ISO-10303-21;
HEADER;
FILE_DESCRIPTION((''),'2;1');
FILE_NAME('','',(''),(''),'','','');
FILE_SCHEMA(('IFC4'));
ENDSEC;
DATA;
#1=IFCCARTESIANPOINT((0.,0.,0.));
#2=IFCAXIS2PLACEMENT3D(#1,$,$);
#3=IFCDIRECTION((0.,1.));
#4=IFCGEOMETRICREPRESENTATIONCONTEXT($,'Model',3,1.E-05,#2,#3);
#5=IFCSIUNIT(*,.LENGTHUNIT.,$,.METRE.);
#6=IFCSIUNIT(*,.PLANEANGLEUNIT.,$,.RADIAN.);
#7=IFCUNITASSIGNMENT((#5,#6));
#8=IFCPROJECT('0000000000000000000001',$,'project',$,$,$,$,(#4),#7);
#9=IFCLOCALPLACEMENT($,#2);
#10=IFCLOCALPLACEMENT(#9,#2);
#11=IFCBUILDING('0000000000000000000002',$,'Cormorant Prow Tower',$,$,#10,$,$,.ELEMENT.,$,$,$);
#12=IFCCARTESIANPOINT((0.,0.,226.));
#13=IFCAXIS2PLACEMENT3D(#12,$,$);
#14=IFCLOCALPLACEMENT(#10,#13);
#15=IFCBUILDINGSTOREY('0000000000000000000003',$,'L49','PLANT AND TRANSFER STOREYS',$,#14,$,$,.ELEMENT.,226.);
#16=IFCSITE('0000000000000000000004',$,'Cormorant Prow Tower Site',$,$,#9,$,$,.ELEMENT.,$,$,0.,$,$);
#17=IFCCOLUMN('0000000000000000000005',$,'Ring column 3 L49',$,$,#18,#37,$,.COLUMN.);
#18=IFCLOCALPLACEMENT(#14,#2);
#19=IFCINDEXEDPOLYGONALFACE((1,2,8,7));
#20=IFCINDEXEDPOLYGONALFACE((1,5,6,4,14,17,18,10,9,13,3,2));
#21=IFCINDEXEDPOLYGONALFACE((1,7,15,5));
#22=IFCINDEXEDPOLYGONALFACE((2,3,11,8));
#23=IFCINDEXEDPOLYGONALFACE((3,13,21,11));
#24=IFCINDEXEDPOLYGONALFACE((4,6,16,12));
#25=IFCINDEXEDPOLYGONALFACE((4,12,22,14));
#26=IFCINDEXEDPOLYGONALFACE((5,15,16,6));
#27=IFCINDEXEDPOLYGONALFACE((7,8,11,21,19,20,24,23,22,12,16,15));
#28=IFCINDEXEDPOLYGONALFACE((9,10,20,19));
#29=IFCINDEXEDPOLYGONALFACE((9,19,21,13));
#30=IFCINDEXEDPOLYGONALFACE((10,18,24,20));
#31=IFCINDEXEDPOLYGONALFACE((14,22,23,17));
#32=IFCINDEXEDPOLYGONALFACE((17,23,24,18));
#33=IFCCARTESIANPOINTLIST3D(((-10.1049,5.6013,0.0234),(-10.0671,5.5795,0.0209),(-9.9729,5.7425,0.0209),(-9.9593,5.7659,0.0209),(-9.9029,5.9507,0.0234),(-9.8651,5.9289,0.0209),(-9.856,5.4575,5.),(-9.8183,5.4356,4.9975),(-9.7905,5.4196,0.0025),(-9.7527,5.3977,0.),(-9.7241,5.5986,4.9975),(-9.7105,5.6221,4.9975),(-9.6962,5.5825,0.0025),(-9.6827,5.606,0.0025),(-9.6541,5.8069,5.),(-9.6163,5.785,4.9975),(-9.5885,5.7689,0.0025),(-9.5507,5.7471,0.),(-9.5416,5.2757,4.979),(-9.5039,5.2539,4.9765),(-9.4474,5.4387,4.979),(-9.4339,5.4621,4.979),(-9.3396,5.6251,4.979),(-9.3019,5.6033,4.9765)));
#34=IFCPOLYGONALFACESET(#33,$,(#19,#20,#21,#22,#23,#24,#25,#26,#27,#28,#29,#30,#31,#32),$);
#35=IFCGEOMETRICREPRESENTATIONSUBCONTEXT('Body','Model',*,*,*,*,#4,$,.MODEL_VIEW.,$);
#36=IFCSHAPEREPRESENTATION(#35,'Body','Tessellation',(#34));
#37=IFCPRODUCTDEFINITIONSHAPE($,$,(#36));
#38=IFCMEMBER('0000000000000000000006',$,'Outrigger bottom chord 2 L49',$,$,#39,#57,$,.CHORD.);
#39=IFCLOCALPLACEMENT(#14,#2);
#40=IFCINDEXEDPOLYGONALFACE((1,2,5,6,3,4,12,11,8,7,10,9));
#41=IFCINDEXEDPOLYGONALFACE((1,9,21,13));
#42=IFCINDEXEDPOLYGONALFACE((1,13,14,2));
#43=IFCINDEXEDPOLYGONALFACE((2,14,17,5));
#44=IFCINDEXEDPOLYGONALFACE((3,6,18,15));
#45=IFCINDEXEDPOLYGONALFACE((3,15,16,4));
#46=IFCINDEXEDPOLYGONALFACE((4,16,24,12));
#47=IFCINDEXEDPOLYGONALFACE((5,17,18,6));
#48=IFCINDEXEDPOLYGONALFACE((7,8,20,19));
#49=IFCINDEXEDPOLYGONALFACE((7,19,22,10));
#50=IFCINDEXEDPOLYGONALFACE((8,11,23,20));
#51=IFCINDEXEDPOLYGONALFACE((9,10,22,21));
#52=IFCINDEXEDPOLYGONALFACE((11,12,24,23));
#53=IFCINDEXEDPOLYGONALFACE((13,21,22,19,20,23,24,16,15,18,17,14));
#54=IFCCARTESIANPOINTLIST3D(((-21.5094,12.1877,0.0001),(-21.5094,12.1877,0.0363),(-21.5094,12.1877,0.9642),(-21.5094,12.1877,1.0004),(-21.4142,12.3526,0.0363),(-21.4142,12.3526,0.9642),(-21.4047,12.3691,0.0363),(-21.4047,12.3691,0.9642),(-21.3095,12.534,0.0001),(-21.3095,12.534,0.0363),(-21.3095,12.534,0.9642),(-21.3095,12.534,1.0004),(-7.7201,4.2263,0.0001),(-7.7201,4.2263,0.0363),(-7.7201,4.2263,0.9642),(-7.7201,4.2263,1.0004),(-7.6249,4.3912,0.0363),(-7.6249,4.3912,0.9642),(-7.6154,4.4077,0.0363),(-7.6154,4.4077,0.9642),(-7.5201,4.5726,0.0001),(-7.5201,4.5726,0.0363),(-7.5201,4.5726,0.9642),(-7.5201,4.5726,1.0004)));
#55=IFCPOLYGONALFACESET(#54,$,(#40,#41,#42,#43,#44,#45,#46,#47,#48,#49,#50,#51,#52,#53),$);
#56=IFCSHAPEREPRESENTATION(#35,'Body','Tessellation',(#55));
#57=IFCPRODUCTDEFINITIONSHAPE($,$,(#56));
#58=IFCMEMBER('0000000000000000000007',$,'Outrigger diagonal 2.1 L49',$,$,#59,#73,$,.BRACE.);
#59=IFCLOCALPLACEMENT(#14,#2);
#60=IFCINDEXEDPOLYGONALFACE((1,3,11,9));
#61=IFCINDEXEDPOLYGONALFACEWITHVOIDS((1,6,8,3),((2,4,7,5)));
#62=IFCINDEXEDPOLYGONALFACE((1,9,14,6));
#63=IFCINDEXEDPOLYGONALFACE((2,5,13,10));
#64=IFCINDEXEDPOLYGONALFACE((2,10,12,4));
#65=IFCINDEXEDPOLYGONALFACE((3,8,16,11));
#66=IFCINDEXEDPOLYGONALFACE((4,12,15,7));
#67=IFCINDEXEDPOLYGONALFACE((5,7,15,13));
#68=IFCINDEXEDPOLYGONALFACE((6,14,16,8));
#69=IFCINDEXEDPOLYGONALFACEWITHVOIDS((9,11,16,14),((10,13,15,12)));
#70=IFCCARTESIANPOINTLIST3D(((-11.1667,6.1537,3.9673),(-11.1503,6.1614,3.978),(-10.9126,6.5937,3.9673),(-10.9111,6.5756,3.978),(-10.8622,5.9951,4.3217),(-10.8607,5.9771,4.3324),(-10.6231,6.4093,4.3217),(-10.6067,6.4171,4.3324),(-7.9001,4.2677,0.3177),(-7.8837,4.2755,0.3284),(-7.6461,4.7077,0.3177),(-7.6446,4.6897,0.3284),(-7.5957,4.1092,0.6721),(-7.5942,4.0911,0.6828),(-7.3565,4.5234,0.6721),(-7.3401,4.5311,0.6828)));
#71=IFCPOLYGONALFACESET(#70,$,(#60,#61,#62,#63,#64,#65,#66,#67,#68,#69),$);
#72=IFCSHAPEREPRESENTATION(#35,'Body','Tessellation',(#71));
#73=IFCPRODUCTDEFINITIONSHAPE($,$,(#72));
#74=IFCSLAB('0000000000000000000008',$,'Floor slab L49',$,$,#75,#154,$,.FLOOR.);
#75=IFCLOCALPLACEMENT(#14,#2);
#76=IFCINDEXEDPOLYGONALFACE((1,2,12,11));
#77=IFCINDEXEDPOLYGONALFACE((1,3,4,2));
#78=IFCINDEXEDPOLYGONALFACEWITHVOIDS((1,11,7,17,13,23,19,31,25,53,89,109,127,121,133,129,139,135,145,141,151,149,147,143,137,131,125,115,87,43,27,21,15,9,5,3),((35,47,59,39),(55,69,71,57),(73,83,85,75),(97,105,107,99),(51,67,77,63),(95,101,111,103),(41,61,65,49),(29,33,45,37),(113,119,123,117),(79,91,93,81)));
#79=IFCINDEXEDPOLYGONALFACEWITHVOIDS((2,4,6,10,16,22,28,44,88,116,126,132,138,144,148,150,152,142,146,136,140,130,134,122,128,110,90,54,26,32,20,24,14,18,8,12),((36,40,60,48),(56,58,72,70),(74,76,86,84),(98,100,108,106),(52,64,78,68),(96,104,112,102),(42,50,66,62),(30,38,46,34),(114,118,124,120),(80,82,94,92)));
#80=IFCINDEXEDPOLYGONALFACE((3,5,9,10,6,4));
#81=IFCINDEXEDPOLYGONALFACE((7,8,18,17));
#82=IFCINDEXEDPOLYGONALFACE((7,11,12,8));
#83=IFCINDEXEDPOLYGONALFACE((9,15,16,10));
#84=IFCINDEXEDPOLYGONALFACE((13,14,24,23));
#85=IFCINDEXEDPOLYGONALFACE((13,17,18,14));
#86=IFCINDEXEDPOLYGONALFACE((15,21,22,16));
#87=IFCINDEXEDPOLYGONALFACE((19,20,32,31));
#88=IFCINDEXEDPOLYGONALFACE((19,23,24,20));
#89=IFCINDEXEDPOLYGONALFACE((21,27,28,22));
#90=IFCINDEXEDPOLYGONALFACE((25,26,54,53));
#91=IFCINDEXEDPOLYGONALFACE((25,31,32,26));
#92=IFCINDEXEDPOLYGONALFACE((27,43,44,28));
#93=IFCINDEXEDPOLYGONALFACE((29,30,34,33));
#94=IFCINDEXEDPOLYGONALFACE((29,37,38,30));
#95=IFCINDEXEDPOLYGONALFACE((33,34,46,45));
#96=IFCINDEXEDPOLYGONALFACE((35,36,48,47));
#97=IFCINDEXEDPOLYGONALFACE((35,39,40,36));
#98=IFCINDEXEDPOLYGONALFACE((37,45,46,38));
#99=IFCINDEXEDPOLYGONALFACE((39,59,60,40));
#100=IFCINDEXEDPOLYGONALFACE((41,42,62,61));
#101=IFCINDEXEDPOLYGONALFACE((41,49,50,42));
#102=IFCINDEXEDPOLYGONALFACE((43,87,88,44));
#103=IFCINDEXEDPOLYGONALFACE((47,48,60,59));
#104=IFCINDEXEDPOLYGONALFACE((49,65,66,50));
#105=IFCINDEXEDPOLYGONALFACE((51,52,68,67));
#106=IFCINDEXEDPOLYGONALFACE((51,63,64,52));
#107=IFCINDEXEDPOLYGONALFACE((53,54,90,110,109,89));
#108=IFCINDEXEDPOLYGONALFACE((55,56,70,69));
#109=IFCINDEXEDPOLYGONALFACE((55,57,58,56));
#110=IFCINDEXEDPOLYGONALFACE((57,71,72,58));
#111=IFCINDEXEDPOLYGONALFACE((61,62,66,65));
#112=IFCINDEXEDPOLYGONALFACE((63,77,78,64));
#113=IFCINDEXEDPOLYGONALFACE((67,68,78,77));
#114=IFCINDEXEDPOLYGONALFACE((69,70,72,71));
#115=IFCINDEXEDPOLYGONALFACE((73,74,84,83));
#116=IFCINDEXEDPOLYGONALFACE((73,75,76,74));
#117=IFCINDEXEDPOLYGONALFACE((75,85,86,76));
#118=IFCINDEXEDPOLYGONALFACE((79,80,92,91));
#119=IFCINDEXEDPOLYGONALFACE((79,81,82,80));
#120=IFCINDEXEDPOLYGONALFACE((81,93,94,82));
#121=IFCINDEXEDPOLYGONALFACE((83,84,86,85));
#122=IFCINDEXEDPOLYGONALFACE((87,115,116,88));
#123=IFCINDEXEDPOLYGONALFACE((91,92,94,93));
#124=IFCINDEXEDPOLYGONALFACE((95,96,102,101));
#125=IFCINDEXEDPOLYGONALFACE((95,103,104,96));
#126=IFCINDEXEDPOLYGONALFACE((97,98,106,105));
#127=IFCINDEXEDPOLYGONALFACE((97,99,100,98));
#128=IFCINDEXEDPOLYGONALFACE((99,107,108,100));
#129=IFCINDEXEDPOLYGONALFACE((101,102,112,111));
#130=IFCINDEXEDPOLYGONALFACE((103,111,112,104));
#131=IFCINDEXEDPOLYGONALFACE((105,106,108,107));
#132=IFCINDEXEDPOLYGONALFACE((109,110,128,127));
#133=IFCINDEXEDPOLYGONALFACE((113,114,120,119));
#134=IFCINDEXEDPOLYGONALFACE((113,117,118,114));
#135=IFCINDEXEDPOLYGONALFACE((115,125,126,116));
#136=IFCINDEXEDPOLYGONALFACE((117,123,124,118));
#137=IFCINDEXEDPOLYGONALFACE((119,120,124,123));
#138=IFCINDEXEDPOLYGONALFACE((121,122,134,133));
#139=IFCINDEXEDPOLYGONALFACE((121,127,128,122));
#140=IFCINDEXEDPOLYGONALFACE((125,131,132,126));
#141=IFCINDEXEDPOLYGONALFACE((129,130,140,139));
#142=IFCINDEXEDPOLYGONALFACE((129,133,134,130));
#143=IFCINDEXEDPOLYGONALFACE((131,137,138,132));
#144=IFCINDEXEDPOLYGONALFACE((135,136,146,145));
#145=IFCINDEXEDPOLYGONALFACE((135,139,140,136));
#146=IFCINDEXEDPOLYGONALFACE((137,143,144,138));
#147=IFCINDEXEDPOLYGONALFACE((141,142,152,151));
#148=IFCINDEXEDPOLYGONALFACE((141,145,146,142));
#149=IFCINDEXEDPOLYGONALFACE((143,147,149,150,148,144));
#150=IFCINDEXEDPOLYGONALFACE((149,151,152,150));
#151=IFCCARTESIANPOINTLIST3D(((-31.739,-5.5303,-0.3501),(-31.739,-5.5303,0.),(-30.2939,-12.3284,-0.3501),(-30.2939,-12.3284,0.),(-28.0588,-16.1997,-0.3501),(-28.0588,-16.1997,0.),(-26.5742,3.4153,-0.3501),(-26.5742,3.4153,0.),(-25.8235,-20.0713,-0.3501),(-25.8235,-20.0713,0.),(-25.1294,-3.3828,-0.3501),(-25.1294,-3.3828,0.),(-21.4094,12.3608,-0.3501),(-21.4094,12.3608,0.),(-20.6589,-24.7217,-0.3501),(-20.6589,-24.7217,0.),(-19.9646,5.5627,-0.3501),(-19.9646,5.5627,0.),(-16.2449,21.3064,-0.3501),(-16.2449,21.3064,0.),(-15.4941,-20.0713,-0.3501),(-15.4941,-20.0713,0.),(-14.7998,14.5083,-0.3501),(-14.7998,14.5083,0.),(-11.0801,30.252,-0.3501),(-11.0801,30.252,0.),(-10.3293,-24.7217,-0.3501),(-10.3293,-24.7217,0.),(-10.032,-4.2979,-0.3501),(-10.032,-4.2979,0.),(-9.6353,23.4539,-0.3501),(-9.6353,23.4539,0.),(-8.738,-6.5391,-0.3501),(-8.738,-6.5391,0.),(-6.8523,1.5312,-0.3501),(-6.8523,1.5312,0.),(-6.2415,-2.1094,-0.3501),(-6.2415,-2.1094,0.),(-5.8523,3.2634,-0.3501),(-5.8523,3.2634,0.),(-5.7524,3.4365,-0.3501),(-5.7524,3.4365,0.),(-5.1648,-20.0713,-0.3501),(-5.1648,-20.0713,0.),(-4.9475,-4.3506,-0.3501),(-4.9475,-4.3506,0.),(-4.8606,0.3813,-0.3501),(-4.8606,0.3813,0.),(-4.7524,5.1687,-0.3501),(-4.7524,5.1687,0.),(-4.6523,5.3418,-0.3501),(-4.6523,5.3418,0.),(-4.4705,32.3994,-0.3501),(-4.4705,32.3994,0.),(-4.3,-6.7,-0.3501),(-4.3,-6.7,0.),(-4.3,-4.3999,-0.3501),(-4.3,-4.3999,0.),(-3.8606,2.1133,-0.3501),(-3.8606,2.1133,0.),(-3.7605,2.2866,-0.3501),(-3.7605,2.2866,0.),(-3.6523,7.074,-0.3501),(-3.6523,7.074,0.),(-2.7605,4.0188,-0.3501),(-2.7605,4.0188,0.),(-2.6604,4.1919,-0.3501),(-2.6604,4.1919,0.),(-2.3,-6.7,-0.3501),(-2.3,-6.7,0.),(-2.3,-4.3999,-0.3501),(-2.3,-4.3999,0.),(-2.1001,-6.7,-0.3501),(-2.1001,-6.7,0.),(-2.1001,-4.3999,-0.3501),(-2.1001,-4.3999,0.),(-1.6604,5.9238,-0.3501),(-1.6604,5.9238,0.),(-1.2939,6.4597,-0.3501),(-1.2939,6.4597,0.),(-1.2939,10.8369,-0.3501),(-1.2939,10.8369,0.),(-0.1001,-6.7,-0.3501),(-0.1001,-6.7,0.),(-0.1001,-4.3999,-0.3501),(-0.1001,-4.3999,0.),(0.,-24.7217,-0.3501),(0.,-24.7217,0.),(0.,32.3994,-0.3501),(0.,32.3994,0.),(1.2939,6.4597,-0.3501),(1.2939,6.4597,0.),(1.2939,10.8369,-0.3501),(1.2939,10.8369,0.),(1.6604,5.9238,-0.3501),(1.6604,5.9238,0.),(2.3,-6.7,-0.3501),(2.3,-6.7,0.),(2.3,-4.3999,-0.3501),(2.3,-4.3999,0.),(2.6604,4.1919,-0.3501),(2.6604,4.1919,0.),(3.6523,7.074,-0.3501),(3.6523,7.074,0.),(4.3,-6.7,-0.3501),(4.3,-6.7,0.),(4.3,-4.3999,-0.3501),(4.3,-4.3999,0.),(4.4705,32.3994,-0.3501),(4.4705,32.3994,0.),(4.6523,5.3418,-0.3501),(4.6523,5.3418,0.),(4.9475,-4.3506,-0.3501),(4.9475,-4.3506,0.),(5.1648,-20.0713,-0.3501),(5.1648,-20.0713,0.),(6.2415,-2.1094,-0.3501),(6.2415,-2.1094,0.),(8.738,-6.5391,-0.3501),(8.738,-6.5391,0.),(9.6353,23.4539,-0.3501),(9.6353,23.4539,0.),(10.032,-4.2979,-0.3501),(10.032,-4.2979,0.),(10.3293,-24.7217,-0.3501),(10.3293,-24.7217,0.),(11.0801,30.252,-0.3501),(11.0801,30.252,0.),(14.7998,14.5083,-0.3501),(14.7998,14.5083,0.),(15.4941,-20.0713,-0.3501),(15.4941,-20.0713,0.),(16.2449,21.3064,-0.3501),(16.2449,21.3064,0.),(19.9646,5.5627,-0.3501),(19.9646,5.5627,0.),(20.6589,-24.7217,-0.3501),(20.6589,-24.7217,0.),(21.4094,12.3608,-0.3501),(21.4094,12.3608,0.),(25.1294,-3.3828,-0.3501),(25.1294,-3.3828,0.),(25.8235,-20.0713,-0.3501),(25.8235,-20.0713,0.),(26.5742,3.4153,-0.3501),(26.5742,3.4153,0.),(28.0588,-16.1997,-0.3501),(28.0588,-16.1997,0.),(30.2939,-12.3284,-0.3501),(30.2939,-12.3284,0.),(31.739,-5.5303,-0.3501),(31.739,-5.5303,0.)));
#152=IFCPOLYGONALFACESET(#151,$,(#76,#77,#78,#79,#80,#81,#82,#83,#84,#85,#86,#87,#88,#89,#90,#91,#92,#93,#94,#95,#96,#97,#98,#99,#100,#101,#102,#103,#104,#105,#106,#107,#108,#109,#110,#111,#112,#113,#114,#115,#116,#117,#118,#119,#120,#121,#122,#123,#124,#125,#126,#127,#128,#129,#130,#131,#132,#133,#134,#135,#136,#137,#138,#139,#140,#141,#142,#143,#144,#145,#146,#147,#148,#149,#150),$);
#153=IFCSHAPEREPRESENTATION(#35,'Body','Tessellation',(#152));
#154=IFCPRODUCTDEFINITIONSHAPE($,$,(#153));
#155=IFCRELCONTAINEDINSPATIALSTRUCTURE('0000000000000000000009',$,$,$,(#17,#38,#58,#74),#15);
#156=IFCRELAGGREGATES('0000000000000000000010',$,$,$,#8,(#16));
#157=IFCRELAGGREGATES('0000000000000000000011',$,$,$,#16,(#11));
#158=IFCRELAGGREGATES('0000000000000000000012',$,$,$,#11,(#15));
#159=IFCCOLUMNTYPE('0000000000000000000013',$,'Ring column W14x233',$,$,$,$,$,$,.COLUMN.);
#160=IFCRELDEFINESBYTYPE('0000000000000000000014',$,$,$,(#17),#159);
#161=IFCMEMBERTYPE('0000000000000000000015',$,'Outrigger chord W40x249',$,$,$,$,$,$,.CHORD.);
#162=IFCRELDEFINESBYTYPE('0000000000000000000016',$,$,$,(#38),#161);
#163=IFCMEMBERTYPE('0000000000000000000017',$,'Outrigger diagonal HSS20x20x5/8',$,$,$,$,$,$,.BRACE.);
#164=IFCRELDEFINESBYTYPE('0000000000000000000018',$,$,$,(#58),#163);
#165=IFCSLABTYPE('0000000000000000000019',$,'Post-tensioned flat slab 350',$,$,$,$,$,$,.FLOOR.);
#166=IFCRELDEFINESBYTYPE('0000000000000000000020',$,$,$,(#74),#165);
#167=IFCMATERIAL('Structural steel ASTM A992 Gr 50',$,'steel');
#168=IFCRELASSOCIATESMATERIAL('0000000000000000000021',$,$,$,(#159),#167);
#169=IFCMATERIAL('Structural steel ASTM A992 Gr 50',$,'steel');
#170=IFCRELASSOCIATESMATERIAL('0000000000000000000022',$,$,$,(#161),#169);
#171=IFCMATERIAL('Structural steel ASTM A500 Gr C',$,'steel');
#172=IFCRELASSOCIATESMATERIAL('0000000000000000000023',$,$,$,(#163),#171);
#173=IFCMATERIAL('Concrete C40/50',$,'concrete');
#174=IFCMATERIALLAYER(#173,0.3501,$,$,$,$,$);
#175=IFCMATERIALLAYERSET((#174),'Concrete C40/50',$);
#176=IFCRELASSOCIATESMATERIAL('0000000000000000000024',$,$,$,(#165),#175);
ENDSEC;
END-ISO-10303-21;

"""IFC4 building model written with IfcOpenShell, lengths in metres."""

from ifc_helpers import new_model, si_unit, direction, frame, origin, origin_2d, place, context, subcontext, project, spatial, polyline, hollow_rectangle, i_section, outline, extrude, material, layer, layer_set, material_profile, profile_set, type_object, element, save


model = new_model("IFC4")

# Units and contexts
model_context = context("Model", 3, precision=1e-05, world=origin(), true_north=direction((0.0, 1.0)))
body_context = subcontext(model_context, "Body", "Model", "MODEL_VIEW")
ifc_project = project(units=[si_unit("LENGTHUNIT", "METRE"), si_unit("PLANEANGLEUNIT", "RADIAN")], contexts=[model_context])

# Site, building, storey
site_placement = place(None, origin())
site = spatial("IfcSite", under=ifc_project, at=site_placement, Name="Cormorant Prow Tower Site", CompositionType="ELEMENT", RefElevation=0.0)
building_placement = place(site_placement, origin())
building = spatial("IfcBuilding", under=site, at=building_placement, Name="Cormorant Prow Tower", CompositionType="ELEMENT")
storey_placement = place(building_placement, frame((0.0, 0.0, 226.0)))
storey = spatial("IfcBuildingStorey", under=building, at=storey_placement, Name="L49", Description="PLANT AND TRANSFER STOREYS", CompositionType="ELEMENT", Elevation=226.0)

# Column
ifc_material_1 = material(Name="Structural steel ASTM A992 Gr 50", Category="steel")
ifc_material_profile_1 = material_profile(ifc_material_1, i_section(OverallWidth=0.4036, OverallDepth=0.4075, WebThickness=0.0271, FlangeThickness=0.0437, at=origin_2d()), Name="W14x233")
ifc_profile_set_1 = profile_set([ifc_material_profile_1], Name="Structural steel ASTM A992 Gr 50")
column_type = type_object("IfcColumnType", Name="Ring column W14x233", PredefinedType="COLUMN", material=ifc_profile_set_1)
column_placement = place(storey_placement, frame((-9.8284, 5.6746, 0.0), z_axis=(0.049917, -0.028858, 0.998336), x_axis=(0.500503, 0.865735, 0.0)))
element("IfcColumn", 1, at=column_placement, inside=storey, type_object=column_type, Name="Ring column 3 L49", PredefinedType="COLUMN", context=body_context, shape_type="SweptSolid", body=[
    extrude(i_section(OverallWidth=0.4036, OverallDepth=0.4075, WebThickness=0.0271, FlangeThickness=0.0437, at=origin_2d()), frame((0.0, 0.0, 0.0117)), (0.0, 0.0, 1.0), 4.9849),
])

# Members
ifc_material_2 = material(Name="Structural steel ASTM A992 Gr 50", Category="steel")
ifc_material_profile_2 = material_profile(ifc_material_2, i_section(OverallWidth=0.3999, OverallDepth=1.0002, WebThickness=0.019, FlangeThickness=0.0361, at=origin_2d()), Name="W40x249")
ifc_profile_set_2 = profile_set([ifc_material_profile_2], Name="Structural steel ASTM A992 Gr 50")
member_type_1 = type_object("IfcMemberType", Name="Outrigger chord W40x249", PredefinedType="CHORD", material=ifc_profile_set_2)
member_1_placement = place(storey_placement, frame((-7.6201, 4.3994, 0.5002), z_axis=(-0.866021, 0.500008, 0.0), x_axis=(-0.500008, -0.866021, 0.0)))
element("IfcMember", 2, at=member_1_placement, inside=storey, type_object=member_type_1, Name="Outrigger bottom chord 2 L49", PredefinedType="CHORD", context=body_context, shape_type="SweptSolid", body=[
    extrude(i_section(OverallWidth=0.3999, OverallDepth=1.0002, WebThickness=0.019, FlangeThickness=0.0361, at=origin_2d()), origin(), (0.0, 0.0, 1.0), 15.9226),
])
ifc_material_3 = material(Name="Structural steel ASTM A500 Gr C", Category="steel")
ifc_material_profile_3 = material_profile(ifc_material_3, hollow_rectangle(XDim=0.5081, YDim=0.5081, WallThickness=0.0149, at=origin_2d()), Name="HSS20x20x5/8")
ifc_profile_set_3 = profile_set([ifc_material_profile_3], Name="Structural steel ASTM A500 Gr C")
member_type_2 = type_object("IfcMemberType", Name="Outrigger diagonal HSS20x20x5/8", PredefinedType="BRACE", material=ifc_profile_set_3)
member_2_placement = place(storey_placement, frame((-7.6201, 4.3994, 0.5002), z_axis=(-0.622378, 0.359332, 0.695361), x_axis=(-0.500003, -0.866024, 0.0)))
element("IfcMember", 3, at=member_2_placement, inside=storey, type_object=member_type_2, Name="Outrigger diagonal 2.1 L49", PredefinedType="BRACE", context=body_context, shape_type="SweptSolid", body=[
    extrude(hollow_rectangle(XDim=0.5081, YDim=0.5081, WallThickness=0.0149, at=origin_2d()), origin(), (0.0, 0.0, 1.0), 5.2485),
])

# Slab
ifc_material_4 = material(Name="Concrete C40/50", Category="concrete")
ifc_layer_1 = layer(ifc_material_4, 0.3501)
ifc_layer_set_1 = layer_set([ifc_layer_1], Name="Concrete C40/50")
slab_type = type_object("IfcSlabType", Name="Post-tensioned flat slab 350", PredefinedType="FLOOR", material=ifc_layer_set_1)
slab_placement = place(storey_placement, frame((0.0, 0.0, -0.3501)))
element("IfcSlab", 4, at=slab_placement, inside=storey, type_object=slab_type, Name="Floor slab L49", PredefinedType="FLOOR", context=body_context, shape_type="SweptSolid", body=[
    extrude(outline(polyline([(-9.6353, 23.4539), (-16.2449, 21.3064), (-14.7998, 14.5083), (-21.4094, 12.3608), (-19.9646, 5.5627), (-26.5742, 3.4153), (-25.1294, -3.3828), (-31.739, -5.5303), (-30.2939, -12.3284), (-28.0588, -16.1997), (-25.8235, -20.0713), (-20.6589, -24.7217), (-15.4941, -20.0713), (-10.3293, -24.7217), (-5.1648, -20.0713), (0.0, -24.7217), (5.1648, -20.0713), (10.3293, -24.7217), (15.4941, -20.0713), (20.6589, -24.7217), (25.8235, -20.0713), (28.0588, -16.1997), (30.2939, -12.3284), (31.739, -5.5303), (25.1294, -3.3828), (26.5742, 3.4153), (19.9646, 5.5627), (21.4094, 12.3608), (14.7998, 14.5083), (16.2449, 21.3064), (9.6353, 23.4539), (11.0801, 30.252), (4.4705, 32.3994), (0.0, 32.3994), (-4.4705, 32.3994), (-11.0801, 30.252), (-9.6353, 23.4539)]), holes=[polyline([(-4.3, -4.3999), (-2.3, -4.3999), (-2.3, -6.7), (-4.3, -6.7), (-4.3, -4.3999)]), polyline([(-0.1001, -4.3999), (-0.1001, -6.7), (-2.1001, -6.7), (-2.1001, -4.3999), (-0.1001, -4.3999)]), polyline([(4.3, -6.7), (2.3, -6.7), (2.3, -4.3999), (4.3, -4.3999), (4.3, -6.7)]), polyline([(4.6523, 5.3418), (2.6604, 4.1919), (1.6604, 5.9238), (3.6523, 7.074), (4.6523, 5.3418)]), polyline([(-1.6604, 5.9238), (-2.6604, 4.1919), (-4.6523, 5.3418), (-3.6523, 7.074), (-1.6604, 5.9238)]), polyline([(-3.7605, 2.2866), (-5.7524, 3.4365), (-4.7524, 5.1687), (-2.7605, 4.0188), (-3.7605, 2.2866)]), polyline([(-6.8523, 1.5312), (-5.8523, 3.2634), (-3.8606, 2.1133), (-4.8606, 0.3813), (-6.8523, 1.5312)]), polyline([(-4.9475, -4.3506), (-8.738, -6.5391), (-10.032, -4.2979), (-6.2415, -2.1094), (-4.9475, -4.3506)]), polyline([(10.032, -4.2979), (8.738, -6.5391), (4.9475, -4.3506), (6.2415, -2.1094), (10.032, -4.2979)]), polyline([(1.2939, 10.8369), (1.2939, 6.4597), (-1.2939, 6.4597), (-1.2939, 10.8369), (1.2939, 10.8369)])]), origin(), (0.0, 0.0, 1.0), 0.3501),
])

save(model, "model.ifc")
